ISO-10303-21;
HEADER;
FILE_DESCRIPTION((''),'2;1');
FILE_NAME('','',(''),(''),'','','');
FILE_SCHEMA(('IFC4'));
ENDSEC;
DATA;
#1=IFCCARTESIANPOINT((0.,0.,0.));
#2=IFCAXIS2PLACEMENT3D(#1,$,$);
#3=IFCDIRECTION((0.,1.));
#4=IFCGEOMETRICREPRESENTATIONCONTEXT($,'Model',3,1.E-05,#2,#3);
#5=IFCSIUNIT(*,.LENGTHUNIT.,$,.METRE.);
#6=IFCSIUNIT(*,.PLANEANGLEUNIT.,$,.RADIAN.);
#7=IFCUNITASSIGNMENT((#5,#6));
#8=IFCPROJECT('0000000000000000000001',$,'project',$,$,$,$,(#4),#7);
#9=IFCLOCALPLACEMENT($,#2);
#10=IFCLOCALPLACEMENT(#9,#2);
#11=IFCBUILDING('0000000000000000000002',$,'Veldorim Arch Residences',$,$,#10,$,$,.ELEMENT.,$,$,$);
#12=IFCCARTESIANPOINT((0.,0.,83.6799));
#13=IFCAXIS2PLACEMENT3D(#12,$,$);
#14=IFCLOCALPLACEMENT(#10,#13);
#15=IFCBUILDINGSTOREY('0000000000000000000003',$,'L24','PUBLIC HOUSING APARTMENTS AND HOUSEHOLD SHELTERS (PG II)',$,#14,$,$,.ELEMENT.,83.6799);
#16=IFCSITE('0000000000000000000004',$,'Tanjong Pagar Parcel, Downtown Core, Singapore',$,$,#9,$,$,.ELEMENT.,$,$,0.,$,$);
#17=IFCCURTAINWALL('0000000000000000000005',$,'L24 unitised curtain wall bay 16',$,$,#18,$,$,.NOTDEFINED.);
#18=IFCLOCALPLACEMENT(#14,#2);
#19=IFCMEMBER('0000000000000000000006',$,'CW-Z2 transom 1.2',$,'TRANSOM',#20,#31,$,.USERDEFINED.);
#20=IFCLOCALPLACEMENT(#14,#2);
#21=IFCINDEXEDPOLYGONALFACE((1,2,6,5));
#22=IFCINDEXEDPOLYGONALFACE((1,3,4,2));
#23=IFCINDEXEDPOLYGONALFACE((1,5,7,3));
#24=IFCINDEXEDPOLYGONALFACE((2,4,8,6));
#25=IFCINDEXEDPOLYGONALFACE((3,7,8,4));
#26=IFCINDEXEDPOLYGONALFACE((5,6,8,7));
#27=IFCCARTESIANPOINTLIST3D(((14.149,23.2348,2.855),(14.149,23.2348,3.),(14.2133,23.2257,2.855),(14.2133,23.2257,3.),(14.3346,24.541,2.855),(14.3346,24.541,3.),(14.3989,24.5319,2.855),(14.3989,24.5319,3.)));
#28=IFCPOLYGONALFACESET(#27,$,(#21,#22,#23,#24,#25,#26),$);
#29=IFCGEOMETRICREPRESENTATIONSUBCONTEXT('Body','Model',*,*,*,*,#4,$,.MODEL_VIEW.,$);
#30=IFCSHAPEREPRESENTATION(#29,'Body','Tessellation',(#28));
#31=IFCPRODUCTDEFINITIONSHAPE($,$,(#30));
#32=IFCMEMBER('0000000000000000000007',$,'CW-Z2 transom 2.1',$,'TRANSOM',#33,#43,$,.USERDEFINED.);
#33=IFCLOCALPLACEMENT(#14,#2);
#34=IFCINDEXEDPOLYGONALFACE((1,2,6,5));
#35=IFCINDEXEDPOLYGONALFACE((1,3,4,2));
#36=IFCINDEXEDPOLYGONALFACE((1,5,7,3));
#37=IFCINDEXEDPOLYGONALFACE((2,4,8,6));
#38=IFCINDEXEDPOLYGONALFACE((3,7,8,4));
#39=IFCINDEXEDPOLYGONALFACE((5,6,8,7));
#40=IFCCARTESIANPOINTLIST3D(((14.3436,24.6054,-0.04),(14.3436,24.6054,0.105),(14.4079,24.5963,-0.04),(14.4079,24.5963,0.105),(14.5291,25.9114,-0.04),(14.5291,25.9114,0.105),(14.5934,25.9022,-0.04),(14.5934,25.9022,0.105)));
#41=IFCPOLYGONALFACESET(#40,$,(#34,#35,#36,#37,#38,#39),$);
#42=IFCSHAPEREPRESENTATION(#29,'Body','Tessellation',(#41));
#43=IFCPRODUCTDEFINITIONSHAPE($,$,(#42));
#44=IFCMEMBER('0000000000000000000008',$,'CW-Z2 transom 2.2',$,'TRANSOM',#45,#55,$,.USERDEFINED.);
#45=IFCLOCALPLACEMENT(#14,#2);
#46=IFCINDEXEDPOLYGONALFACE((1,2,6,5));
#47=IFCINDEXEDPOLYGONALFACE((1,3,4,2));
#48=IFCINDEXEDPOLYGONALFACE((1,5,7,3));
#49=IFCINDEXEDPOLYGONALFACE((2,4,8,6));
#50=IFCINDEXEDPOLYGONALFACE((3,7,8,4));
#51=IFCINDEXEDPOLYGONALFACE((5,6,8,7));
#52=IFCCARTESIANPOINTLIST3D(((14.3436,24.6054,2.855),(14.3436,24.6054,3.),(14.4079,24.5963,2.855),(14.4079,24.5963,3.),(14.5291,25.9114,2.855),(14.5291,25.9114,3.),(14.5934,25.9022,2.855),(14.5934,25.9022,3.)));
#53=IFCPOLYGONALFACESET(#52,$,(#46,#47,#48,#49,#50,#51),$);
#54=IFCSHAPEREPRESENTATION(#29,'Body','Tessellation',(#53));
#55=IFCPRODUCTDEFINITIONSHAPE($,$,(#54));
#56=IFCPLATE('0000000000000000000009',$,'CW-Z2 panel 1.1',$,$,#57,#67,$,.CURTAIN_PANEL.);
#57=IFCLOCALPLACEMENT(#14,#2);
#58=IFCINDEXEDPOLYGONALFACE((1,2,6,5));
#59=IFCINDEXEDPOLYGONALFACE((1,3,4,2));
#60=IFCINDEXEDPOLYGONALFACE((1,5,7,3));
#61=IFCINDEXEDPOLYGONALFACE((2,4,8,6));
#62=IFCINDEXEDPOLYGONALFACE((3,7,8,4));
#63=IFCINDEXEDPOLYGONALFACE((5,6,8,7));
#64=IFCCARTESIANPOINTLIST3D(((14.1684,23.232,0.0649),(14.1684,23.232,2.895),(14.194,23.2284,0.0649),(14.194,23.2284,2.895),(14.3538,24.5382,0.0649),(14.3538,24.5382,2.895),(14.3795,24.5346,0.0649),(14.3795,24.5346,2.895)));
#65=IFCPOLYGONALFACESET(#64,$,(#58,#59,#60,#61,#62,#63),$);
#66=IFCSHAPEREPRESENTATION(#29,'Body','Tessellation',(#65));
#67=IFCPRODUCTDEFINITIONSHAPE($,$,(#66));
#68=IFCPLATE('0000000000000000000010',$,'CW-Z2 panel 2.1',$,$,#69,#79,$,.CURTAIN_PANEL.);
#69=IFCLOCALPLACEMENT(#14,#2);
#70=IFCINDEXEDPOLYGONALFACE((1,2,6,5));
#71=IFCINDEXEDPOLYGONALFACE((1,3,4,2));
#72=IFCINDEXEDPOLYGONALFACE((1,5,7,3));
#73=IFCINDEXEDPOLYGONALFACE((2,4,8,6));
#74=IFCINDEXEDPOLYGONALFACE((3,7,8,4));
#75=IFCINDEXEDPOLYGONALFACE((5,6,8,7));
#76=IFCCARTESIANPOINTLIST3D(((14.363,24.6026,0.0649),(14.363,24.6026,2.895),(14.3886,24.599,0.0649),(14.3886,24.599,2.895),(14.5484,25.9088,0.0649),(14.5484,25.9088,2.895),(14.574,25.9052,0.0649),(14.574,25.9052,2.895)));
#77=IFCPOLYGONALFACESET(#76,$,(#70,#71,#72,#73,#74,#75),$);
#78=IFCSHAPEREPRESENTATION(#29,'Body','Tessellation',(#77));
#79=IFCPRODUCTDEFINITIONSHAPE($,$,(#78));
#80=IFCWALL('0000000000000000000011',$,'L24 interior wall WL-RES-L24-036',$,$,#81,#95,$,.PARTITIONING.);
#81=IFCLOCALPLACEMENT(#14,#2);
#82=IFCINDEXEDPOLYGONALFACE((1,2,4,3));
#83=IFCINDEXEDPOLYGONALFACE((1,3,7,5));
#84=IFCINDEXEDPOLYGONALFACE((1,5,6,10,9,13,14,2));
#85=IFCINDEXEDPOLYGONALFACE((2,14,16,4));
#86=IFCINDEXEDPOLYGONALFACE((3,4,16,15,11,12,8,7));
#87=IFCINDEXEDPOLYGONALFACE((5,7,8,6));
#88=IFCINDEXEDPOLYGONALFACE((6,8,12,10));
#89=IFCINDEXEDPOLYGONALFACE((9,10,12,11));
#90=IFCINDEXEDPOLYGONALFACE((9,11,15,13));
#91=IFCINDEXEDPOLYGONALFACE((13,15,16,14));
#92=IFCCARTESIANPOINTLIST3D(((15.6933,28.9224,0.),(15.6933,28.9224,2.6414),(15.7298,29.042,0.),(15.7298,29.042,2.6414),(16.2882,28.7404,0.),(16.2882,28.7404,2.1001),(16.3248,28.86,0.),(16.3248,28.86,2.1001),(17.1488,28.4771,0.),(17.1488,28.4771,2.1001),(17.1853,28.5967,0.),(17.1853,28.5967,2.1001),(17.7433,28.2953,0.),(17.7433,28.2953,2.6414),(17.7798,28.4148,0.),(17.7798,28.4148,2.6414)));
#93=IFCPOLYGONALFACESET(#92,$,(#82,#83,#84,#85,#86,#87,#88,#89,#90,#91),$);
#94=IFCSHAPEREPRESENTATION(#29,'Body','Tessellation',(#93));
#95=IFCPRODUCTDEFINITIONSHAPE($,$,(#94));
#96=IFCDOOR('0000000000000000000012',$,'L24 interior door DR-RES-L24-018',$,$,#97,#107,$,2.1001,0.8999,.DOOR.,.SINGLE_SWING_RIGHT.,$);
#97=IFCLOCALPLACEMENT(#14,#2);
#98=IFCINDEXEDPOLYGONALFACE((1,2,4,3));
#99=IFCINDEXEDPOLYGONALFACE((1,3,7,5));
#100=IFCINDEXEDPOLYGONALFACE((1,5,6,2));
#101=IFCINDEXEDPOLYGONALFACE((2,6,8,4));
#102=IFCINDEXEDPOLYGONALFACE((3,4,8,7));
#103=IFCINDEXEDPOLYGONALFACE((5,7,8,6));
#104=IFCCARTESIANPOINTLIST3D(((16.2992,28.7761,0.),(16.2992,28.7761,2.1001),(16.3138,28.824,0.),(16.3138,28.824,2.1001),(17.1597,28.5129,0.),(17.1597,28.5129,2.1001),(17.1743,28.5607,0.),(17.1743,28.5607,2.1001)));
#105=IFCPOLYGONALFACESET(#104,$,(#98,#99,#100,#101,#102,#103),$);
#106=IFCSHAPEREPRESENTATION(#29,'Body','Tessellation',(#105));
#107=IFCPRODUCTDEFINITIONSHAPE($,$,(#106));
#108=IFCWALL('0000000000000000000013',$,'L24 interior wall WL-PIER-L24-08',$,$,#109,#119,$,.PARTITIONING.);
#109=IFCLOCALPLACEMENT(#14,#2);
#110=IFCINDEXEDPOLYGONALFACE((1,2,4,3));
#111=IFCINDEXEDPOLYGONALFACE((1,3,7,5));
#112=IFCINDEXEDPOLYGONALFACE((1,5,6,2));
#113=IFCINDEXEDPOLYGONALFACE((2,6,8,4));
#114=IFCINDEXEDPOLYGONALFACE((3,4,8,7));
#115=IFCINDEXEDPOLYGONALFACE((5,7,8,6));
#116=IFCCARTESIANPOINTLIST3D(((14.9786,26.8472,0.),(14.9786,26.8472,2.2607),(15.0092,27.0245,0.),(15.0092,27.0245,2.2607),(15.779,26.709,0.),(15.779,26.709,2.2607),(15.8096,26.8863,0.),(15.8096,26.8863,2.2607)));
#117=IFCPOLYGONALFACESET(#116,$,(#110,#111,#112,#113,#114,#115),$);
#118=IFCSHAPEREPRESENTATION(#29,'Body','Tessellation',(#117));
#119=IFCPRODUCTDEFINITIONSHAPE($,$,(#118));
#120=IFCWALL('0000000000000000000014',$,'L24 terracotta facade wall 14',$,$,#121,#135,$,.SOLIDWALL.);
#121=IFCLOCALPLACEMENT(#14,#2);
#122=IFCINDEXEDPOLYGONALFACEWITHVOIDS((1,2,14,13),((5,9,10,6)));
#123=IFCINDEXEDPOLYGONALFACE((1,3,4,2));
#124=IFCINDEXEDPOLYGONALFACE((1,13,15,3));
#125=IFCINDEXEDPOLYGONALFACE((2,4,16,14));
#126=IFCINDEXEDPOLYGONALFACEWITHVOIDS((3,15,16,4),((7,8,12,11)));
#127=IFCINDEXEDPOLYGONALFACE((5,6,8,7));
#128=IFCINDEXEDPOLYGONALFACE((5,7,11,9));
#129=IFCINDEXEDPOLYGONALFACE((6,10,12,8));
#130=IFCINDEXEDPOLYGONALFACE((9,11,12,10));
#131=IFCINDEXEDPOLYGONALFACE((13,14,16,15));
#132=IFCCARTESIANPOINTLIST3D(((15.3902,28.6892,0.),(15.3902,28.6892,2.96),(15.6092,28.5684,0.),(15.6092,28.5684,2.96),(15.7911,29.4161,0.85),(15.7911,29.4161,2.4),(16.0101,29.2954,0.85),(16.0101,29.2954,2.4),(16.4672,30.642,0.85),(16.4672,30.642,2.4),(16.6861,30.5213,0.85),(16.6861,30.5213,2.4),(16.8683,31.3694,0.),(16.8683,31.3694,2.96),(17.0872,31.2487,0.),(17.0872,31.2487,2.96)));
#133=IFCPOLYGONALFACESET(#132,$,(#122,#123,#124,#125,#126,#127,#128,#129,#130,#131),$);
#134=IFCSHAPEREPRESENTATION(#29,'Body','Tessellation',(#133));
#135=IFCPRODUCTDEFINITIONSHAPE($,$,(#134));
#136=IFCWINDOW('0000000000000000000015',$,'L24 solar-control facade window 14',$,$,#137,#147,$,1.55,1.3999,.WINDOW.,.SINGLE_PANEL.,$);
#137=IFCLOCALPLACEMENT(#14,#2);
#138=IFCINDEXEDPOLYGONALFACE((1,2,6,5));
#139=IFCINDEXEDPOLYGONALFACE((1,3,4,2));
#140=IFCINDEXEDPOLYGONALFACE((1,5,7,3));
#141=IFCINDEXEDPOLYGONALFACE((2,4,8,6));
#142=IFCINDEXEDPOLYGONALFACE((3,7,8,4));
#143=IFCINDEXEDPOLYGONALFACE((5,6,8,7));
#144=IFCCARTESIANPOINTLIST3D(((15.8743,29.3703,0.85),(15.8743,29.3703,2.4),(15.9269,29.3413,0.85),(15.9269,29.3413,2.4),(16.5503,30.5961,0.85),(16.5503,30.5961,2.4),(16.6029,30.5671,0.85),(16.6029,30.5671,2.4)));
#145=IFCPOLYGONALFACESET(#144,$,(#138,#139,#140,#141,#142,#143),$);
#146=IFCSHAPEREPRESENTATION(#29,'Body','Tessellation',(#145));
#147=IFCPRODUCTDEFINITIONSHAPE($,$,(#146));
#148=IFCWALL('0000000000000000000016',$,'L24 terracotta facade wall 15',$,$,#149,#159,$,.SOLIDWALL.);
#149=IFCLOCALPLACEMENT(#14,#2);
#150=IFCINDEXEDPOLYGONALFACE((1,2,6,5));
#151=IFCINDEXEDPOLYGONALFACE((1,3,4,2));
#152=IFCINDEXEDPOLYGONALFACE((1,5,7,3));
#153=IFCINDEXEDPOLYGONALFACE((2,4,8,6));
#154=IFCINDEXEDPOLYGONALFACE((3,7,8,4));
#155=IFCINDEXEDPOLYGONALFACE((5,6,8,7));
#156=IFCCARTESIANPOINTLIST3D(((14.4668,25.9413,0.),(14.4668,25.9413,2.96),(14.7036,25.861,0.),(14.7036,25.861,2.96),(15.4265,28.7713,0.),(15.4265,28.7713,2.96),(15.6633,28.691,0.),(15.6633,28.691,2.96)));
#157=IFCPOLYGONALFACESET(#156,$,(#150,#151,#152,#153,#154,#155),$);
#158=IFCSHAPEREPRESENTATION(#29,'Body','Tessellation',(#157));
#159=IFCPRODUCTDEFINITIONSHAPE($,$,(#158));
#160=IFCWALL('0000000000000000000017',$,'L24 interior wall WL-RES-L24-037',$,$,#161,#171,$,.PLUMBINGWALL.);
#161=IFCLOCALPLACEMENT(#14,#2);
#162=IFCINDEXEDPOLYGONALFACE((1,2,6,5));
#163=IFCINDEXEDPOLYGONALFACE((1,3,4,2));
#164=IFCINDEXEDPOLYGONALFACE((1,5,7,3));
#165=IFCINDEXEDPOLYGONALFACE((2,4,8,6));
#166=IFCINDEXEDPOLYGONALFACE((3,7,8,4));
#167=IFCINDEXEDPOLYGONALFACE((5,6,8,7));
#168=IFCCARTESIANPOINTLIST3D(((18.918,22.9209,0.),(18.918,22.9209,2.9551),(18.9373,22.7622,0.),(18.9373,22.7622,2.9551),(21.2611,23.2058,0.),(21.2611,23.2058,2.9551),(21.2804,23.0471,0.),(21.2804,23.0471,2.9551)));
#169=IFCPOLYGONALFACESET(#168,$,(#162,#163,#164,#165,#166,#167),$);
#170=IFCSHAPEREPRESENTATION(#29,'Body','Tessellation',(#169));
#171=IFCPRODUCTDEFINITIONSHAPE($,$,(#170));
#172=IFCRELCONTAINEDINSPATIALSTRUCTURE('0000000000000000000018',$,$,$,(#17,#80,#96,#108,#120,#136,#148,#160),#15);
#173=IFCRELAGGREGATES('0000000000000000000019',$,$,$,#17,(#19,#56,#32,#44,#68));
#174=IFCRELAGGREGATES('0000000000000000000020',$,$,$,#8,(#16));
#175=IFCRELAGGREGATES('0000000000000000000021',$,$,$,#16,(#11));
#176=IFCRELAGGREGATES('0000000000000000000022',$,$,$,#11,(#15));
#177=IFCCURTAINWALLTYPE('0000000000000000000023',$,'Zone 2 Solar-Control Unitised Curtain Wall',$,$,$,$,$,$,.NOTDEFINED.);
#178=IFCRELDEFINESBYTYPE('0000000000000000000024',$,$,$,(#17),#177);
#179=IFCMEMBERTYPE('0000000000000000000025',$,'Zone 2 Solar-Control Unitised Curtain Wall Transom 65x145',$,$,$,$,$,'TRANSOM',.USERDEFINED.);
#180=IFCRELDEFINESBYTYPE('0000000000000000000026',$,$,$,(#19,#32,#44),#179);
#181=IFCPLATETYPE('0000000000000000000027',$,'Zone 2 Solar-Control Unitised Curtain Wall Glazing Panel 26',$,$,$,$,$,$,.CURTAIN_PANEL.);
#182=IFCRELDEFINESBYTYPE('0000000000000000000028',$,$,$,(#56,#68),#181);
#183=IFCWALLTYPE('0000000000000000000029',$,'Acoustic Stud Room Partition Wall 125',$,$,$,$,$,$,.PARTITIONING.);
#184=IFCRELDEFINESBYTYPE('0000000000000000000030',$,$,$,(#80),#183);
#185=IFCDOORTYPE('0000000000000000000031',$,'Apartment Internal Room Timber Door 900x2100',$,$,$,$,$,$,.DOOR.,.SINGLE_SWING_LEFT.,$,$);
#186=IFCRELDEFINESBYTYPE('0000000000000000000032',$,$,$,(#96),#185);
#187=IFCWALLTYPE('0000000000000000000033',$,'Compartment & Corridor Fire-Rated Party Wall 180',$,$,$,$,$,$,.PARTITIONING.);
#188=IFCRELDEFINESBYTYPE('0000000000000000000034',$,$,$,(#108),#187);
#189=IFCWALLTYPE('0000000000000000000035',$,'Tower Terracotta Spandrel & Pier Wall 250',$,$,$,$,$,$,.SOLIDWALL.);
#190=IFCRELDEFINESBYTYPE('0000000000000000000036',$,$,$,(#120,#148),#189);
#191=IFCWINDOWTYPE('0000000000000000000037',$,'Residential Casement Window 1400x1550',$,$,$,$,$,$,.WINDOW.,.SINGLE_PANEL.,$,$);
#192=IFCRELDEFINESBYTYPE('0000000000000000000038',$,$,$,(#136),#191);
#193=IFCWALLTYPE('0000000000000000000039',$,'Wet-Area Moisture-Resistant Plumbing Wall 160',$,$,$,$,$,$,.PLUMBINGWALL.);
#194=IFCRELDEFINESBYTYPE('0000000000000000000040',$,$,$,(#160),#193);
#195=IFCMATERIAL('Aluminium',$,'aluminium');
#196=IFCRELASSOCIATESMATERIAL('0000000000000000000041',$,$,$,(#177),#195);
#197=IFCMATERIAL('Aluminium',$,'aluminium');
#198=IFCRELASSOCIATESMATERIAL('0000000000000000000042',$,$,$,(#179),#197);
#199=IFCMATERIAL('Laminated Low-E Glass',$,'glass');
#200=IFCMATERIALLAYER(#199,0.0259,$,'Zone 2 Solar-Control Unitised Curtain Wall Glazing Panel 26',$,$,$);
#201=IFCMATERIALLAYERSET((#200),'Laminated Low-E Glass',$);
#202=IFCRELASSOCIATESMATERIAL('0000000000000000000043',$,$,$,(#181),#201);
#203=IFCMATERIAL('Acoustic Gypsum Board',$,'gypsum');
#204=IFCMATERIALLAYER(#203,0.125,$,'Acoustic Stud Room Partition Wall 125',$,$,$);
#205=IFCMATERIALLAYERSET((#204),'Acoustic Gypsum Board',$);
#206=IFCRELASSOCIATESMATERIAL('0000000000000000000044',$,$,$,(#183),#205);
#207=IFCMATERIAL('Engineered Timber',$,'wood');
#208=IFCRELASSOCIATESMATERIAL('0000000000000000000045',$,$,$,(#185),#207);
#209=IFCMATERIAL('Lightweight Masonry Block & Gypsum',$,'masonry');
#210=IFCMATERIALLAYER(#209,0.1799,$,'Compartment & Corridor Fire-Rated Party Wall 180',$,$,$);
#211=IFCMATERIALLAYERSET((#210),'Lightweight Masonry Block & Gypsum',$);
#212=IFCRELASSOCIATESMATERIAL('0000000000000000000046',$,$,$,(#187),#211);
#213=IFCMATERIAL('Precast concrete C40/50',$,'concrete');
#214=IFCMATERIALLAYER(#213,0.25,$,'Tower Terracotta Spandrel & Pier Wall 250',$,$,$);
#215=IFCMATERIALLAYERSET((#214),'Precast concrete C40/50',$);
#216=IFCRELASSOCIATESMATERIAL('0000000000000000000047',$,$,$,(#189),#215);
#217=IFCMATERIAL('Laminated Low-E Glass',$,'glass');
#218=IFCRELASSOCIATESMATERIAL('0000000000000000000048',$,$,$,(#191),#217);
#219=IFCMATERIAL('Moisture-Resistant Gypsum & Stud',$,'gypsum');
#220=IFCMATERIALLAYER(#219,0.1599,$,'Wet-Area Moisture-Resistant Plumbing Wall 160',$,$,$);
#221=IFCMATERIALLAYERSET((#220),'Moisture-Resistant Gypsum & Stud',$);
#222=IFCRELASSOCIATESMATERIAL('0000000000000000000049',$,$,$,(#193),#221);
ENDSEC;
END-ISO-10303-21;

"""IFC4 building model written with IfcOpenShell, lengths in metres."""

from ifc_helpers import new_model, si_unit, direction, frame, frame_2d, origin, origin_2d, place, context, subcontext, project, spatial, rectangle, extrude, material, layer, layer_set, material_profile, profile_set, type_object, element, fill, aggregate, save


model = new_model("IFC4")

# Units and contexts
model_context = context("Model", 3, precision=1e-05, world=origin(), true_north=direction((0.0, 1.0)))
body_context = subcontext(model_context, "Body", "Model", "MODEL_VIEW")
ifc_project = project(units=[si_unit("LENGTHUNIT", "METRE"), si_unit("PLANEANGLEUNIT", "RADIAN")], contexts=[model_context])

# Site, building, storey
site_placement = place(None, origin())
site = spatial("IfcSite", under=ifc_project, at=site_placement, Name="Tanjong Pagar Parcel, Downtown Core, Singapore", CompositionType="ELEMENT", RefElevation=0.0)
building_placement = place(site_placement, origin())
building = spatial("IfcBuilding", under=site, at=building_placement, Name="Veldorim Arch Residences", CompositionType="ELEMENT")
storey_placement = place(building_placement, frame((0.0, 0.0, 83.6799)))
storey = spatial("IfcBuildingStorey", under=building, at=storey_placement, Name="L24", Description="PUBLIC HOUSING APARTMENTS AND HOUSEHOLD SHELTERS (PG II)", CompositionType="ELEMENT", Elevation=83.6799)

# Curtain wall, members, plates
ifc_material_1 = material(Name="Aluminium", Category="aluminium")
curtain_wall_type = type_object("IfcCurtainWallType", Name="Zone 2 Solar-Control Unitised Curtain Wall", PredefinedType="NOTDEFINED", material=ifc_material_1)
curtain_wall_placement = place(storey_placement, origin())
curtain_wall = element("IfcCurtainWall", 1, at=curtain_wall_placement, inside=storey, type_object=curtain_wall_type, Name="L24 unitised curtain wall bay 16", PredefinedType="NOTDEFINED")
ifc_material_2 = material(Name="Aluminium", Category="aluminium")
ifc_material_profile_1 = material_profile(ifc_material_2, rectangle(XDim=0.0649, YDim=0.145, at=origin_2d()), Name="ALU_TRN_65x145")
ifc_profile_set_1 = profile_set([ifc_material_profile_1], Name="Aluminium")
member_type_1 = type_object("IfcMemberType", Name="Zone 2 Solar-Control Unitised Curtain Wall Transom 65x145", ElementType="TRANSOM", PredefinedType="USERDEFINED", material=ifc_profile_set_1)
member_1_placement = place(storey_placement, frame((14.1812, 23.2302, 2.9275), z_axis=(0.140644, 0.99006, 0.0), x_axis=(-0.99006, 0.140644, 0.0)))
member_1 = element("IfcMember", 2, at=member_1_placement, type_object=member_type_1, Name="CW-Z2 transom 1.2", ObjectType="TRANSOM", PredefinedType="USERDEFINED", context=body_context, shape_type="SweptSolid", body=[
    extrude(rectangle(XDim=0.0649, YDim=0.145, at=origin_2d()), origin(), (0.0, 0.0, 1.0), 1.3193),
])
member_2_placement = place(storey_placement, frame((14.3757, 24.6008, 0.0325), z_axis=(0.14067, 0.990057, 0.0), x_axis=(-0.990057, 0.14067, 0.0)))
member_2 = element("IfcMember", 3, at=member_2_placement, type_object=member_type_1, Name="CW-Z2 transom 2.1", ObjectType="TRANSOM", PredefinedType="USERDEFINED", context=body_context, shape_type="SweptSolid", body=[
    extrude(rectangle(XDim=0.0649, YDim=0.145, at=origin_2d()), origin(), (0.0, 0.0, 1.0), 1.3191),
])
member_3_placement = place(storey_placement, frame((14.3757, 24.6008, 2.9275), z_axis=(0.14067, 0.990057, 0.0), x_axis=(-0.990057, 0.14067, 0.0)))
member_3 = element("IfcMember", 4, at=member_3_placement, type_object=member_type_1, Name="CW-Z2 transom 2.2", ObjectType="TRANSOM", PredefinedType="USERDEFINED", context=body_context, shape_type="SweptSolid", body=[
    extrude(rectangle(XDim=0.0649, YDim=0.145, at=origin_2d()), origin(), (0.0, 0.0, 1.0), 1.3191),
])
ifc_material_3 = material(Name="Laminated Low-E Glass", Category="glass")
ifc_layer_1 = layer(ifc_material_3, 0.0259, Name="Zone 2 Solar-Control Unitised Curtain Wall Glazing Panel 26")
ifc_layer_set_1 = layer_set([ifc_layer_1], Name="Laminated Low-E Glass")
plate_type = type_object("IfcPlateType", Name="Zone 2 Solar-Control Unitised Curtain Wall Glazing Panel 26", PredefinedType="CURTAIN_PANEL", material=ifc_layer_set_1)
plate_1_placement = place(storey_placement, frame((14.2739, 23.8833, 0.0649), z_axis=(0.0, 0.0, 1.0), x_axis=(0.140571, 0.990071, 0.0)))
plate_1 = element("IfcPlate", 5, at=plate_1_placement, type_object=plate_type, Name="CW-Z2 panel 1.1", PredefinedType="CURTAIN_PANEL", context=body_context, shape_type="SweptSolid", body=[
    extrude(rectangle(XDim=1.3193, YDim=0.0259, at=origin_2d()), origin(), (0.0, 0.0, 1.0), 2.8301),
])
plate_2_placement = place(storey_placement, frame((14.4685, 25.2539, 0.0649), z_axis=(0.0, 0.0, 1.0), x_axis=(0.140571, 0.990071, 0.0)))
plate_2 = element("IfcPlate", 6, at=plate_2_placement, type_object=plate_type, Name="CW-Z2 panel 2.1", PredefinedType="CURTAIN_PANEL", context=body_context, shape_type="SweptSolid", body=[
    extrude(rectangle(XDim=1.3193, YDim=0.0259, at=origin_2d()), origin(), (0.0, 0.0, 1.0), 2.8301),
])
aggregate(curtain_wall, [member_1, plate_1, member_2, member_3, plate_2])

# Wall, opening, door
ifc_material_4 = material(Name="Acoustic Gypsum Board", Category="gypsum")
ifc_layer_2 = layer(ifc_material_4, 0.125, Name="Acoustic Stud Room Partition Wall 125")
ifc_layer_set_2 = layer_set([ifc_layer_2], Name="Acoustic Gypsum Board")
wall_type_1 = type_object("IfcWallType", Name="Acoustic Stud Room Partition Wall 125", PredefinedType="PARTITIONING", material=ifc_layer_set_2)
wall_1_placement = place(storey_placement, frame((15.7117, 28.9822, 0.0), z_axis=(0.0, 0.0, 1.0), x_axis=(0.956248, -0.292557, 0.0)))
wall_1 = element("IfcWall", 7, at=wall_1_placement, inside=storey, type_object=wall_type_1, Name="L24 interior wall WL-RES-L24-036", PredefinedType="PARTITIONING", context=body_context, shape_type="SweptSolid", body=[
    extrude(rectangle(XDim=2.1438, YDim=0.125, at=frame_2d((1.0718, 0.0))), origin(), (0.0, 0.0, 1.0), 2.6414),
])
opening_1_placement = place(wall_1_placement, frame((0.6221, 0.0, 0.0)))
opening_1 = element("IfcOpeningElement", 8, at=opening_1_placement, cuts=wall_1, PredefinedType="OPENING", context=body_context, shape_type="SweptSolid", body=[
    extrude(rectangle(XDim=0.8999, YDim=2.1001, at=frame_2d((0.45, 1.05))), frame((0.0, 0.0725, 0.0), z_axis=(0.0, -1.0, 0.0), x_axis=(1.0, 0.0, 0.0)), (0.0, 0.0, 1.0), 0.145),
])
ifc_material_5 = material(Name="Engineered Timber", Category="wood")
door_type_1 = type_object("IfcDoorType", Name="Apartment Internal Room Timber Door 900x2100", OperationType="SINGLE_SWING_LEFT", PredefinedType="DOOR", material=ifc_material_5)
door_1_placement = place(opening_1_placement, origin())
door_1 = element("IfcDoor", 9, at=door_1_placement, inside=storey, type_object=door_type_1, Name="L24 interior door DR-RES-L24-018", OperationType="SINGLE_SWING_RIGHT", OverallHeight=2.1001, OverallWidth=0.8999, PredefinedType="DOOR", context=body_context, shape_type="SweptSolid", body=[
    extrude(rectangle(XDim=0.8999, YDim=2.1001, at=frame_2d((0.45, 1.05))), frame((0.0, 0.0249, 0.0), z_axis=(0.0, -1.0, 0.0), x_axis=(1.0, 0.0, 0.0)), (0.0, 0.0, 1.0), 0.05),
])
fill(opening_1, door_1)

# Wall
ifc_material_6 = material(Name="Lightweight Masonry Block & Gypsum", Category="masonry")
ifc_layer_3 = layer(ifc_material_6, 0.1799, Name="Compartment & Corridor Fire-Rated Party Wall 180")
ifc_layer_set_3 = layer_set([ifc_layer_3], Name="Lightweight Masonry Block & Gypsum")
wall_type_2 = type_object("IfcWallType", Name="Compartment & Corridor Fire-Rated Party Wall 180", PredefinedType="PARTITIONING", material=ifc_layer_set_3)
wall_2_placement = place(storey_placement, frame((15.7944, 26.7976, 0.0), z_axis=(0.0, 0.0, 1.0), x_axis=(-0.985418, 0.170149, 0.0)))
element("IfcWall", 10, at=wall_2_placement, inside=storey, type_object=wall_type_2, Name="L24 interior wall WL-PIER-L24-08", PredefinedType="PARTITIONING", context=body_context, shape_type="SweptSolid", body=[
    extrude(rectangle(XDim=0.8123, YDim=0.1799, at=frame_2d((0.4062, 0.0))), origin(), (0.0, 0.0, 1.0), 2.2607),
])

# Wall, opening, window
ifc_material_7 = material(Name="Precast concrete C40/50", Category="concrete")
ifc_layer_4 = layer(ifc_material_7, 0.25, Name="Tower Terracotta Spandrel & Pier Wall 250")
ifc_layer_set_4 = layer_set([ifc_layer_4], Name="Precast concrete C40/50")
wall_type_3 = type_object("IfcWallType", Name="Tower Terracotta Spandrel & Pier Wall 250", PredefinedType="SOLIDWALL", material=ifc_layer_set_4)
wall_3_placement = place(storey_placement, frame((15.4998, 28.6289, 0.0), z_axis=(0.0, 0.0, 1.0), x_axis=(0.482904, 0.875673, 0.0)))
wall_3 = element("IfcWall", 11, at=wall_3_placement, inside=storey, type_object=wall_type_3, Name="L24 terracotta facade wall 14", PredefinedType="SOLIDWALL", context=body_context, shape_type="SweptSolid", body=[
    extrude(rectangle(XDim=3.0608, YDim=0.25, at=frame_2d((1.5303, 0.0))), origin(), (0.0, 0.0, 1.0), 2.96),
])
opening_2_placement = place(wall_3_placement, frame((0.8301, 0.0, 0.8501)))
opening_2 = element("IfcOpeningElement", 12, at=opening_2_placement, cuts=wall_3, PredefinedType="OPENING", context=body_context, shape_type="SweptSolid", body=[
    extrude(rectangle(XDim=1.3999, YDim=1.55, at=frame_2d((0.7, 0.7749))), frame((0.0, 0.135, 0.0), z_axis=(0.0, -1.0, 0.0), x_axis=(1.0, 0.0, 0.0)), (0.0, 0.0, 1.0), 0.27),
])
ifc_material_8 = material(Name="Laminated Low-E Glass", Category="glass")
window_type = type_object("IfcWindowType", Name="Residential Casement Window 1400x1550", PartitioningType="SINGLE_PANEL", PredefinedType="WINDOW", material=ifc_material_8)
window_placement = place(opening_2_placement, origin())
window = element("IfcWindow", 13, at=window_placement, inside=storey, type_object=window_type, Name="L24 solar-control facade window 14", OverallHeight=1.55, OverallWidth=1.3999, PartitioningType="SINGLE_PANEL", PredefinedType="WINDOW", context=body_context, shape_type="SweptSolid", body=[
    extrude(rectangle(XDim=1.3999, YDim=1.55, at=frame_2d((0.7, 0.7749))), frame((0.0, 0.03, 0.0), z_axis=(0.0, -1.0, 0.0), x_axis=(1.0, 0.0, 0.0)), (0.0, 0.0, 1.0), 0.0601),
])
fill(opening_2, window)

# Walls
wall_4_placement = place(storey_placement, frame((14.5852, 25.9011, 0.0), z_axis=(0.0, 0.0, 1.0), x_axis=(0.32115, 0.947028, 0.0)))
element("IfcWall", 14, at=wall_4_placement, inside=storey, type_object=wall_type_3, Name="L24 terracotta facade wall 15", PredefinedType="SOLIDWALL", context=body_context, shape_type="SweptSolid", body=[
    extrude(rectangle(XDim=2.9883, YDim=0.25, at=frame_2d((1.4941, 0.0))), origin(), (0.0, 0.0, 1.0), 2.96),
])
ifc_material_9 = material(Name="Moisture-Resistant Gypsum & Stud", Category="gypsum")
ifc_layer_5 = layer(ifc_material_9, 0.1599, Name="Wet-Area Moisture-Resistant Plumbing Wall 160")
ifc_layer_set_5 = layer_set([ifc_layer_5], Name="Moisture-Resistant Gypsum & Stud")
wall_type_4 = type_object("IfcWallType", Name="Wet-Area Moisture-Resistant Plumbing Wall 160", PredefinedType="PLUMBINGWALL", material=ifc_layer_set_5)
wall_5_placement = place(storey_placement, frame((21.2708, 23.1265, 0.0), z_axis=(0.0, 0.0, 1.0), x_axis=(-0.992688, -0.120711, 0.0)))
element("IfcWall", 15, at=wall_5_placement, inside=storey, type_object=wall_type_4, Name="L24 interior wall WL-RES-L24-037", PredefinedType="PLUMBINGWALL", context=body_context, shape_type="SweptSolid", body=[
    extrude(rectangle(XDim=2.3604, YDim=0.1599, at=frame_2d((1.1802, 0.0))), origin(), (0.0, 0.0, 1.0), 2.9551),
])

save(model, "model.ifc")
